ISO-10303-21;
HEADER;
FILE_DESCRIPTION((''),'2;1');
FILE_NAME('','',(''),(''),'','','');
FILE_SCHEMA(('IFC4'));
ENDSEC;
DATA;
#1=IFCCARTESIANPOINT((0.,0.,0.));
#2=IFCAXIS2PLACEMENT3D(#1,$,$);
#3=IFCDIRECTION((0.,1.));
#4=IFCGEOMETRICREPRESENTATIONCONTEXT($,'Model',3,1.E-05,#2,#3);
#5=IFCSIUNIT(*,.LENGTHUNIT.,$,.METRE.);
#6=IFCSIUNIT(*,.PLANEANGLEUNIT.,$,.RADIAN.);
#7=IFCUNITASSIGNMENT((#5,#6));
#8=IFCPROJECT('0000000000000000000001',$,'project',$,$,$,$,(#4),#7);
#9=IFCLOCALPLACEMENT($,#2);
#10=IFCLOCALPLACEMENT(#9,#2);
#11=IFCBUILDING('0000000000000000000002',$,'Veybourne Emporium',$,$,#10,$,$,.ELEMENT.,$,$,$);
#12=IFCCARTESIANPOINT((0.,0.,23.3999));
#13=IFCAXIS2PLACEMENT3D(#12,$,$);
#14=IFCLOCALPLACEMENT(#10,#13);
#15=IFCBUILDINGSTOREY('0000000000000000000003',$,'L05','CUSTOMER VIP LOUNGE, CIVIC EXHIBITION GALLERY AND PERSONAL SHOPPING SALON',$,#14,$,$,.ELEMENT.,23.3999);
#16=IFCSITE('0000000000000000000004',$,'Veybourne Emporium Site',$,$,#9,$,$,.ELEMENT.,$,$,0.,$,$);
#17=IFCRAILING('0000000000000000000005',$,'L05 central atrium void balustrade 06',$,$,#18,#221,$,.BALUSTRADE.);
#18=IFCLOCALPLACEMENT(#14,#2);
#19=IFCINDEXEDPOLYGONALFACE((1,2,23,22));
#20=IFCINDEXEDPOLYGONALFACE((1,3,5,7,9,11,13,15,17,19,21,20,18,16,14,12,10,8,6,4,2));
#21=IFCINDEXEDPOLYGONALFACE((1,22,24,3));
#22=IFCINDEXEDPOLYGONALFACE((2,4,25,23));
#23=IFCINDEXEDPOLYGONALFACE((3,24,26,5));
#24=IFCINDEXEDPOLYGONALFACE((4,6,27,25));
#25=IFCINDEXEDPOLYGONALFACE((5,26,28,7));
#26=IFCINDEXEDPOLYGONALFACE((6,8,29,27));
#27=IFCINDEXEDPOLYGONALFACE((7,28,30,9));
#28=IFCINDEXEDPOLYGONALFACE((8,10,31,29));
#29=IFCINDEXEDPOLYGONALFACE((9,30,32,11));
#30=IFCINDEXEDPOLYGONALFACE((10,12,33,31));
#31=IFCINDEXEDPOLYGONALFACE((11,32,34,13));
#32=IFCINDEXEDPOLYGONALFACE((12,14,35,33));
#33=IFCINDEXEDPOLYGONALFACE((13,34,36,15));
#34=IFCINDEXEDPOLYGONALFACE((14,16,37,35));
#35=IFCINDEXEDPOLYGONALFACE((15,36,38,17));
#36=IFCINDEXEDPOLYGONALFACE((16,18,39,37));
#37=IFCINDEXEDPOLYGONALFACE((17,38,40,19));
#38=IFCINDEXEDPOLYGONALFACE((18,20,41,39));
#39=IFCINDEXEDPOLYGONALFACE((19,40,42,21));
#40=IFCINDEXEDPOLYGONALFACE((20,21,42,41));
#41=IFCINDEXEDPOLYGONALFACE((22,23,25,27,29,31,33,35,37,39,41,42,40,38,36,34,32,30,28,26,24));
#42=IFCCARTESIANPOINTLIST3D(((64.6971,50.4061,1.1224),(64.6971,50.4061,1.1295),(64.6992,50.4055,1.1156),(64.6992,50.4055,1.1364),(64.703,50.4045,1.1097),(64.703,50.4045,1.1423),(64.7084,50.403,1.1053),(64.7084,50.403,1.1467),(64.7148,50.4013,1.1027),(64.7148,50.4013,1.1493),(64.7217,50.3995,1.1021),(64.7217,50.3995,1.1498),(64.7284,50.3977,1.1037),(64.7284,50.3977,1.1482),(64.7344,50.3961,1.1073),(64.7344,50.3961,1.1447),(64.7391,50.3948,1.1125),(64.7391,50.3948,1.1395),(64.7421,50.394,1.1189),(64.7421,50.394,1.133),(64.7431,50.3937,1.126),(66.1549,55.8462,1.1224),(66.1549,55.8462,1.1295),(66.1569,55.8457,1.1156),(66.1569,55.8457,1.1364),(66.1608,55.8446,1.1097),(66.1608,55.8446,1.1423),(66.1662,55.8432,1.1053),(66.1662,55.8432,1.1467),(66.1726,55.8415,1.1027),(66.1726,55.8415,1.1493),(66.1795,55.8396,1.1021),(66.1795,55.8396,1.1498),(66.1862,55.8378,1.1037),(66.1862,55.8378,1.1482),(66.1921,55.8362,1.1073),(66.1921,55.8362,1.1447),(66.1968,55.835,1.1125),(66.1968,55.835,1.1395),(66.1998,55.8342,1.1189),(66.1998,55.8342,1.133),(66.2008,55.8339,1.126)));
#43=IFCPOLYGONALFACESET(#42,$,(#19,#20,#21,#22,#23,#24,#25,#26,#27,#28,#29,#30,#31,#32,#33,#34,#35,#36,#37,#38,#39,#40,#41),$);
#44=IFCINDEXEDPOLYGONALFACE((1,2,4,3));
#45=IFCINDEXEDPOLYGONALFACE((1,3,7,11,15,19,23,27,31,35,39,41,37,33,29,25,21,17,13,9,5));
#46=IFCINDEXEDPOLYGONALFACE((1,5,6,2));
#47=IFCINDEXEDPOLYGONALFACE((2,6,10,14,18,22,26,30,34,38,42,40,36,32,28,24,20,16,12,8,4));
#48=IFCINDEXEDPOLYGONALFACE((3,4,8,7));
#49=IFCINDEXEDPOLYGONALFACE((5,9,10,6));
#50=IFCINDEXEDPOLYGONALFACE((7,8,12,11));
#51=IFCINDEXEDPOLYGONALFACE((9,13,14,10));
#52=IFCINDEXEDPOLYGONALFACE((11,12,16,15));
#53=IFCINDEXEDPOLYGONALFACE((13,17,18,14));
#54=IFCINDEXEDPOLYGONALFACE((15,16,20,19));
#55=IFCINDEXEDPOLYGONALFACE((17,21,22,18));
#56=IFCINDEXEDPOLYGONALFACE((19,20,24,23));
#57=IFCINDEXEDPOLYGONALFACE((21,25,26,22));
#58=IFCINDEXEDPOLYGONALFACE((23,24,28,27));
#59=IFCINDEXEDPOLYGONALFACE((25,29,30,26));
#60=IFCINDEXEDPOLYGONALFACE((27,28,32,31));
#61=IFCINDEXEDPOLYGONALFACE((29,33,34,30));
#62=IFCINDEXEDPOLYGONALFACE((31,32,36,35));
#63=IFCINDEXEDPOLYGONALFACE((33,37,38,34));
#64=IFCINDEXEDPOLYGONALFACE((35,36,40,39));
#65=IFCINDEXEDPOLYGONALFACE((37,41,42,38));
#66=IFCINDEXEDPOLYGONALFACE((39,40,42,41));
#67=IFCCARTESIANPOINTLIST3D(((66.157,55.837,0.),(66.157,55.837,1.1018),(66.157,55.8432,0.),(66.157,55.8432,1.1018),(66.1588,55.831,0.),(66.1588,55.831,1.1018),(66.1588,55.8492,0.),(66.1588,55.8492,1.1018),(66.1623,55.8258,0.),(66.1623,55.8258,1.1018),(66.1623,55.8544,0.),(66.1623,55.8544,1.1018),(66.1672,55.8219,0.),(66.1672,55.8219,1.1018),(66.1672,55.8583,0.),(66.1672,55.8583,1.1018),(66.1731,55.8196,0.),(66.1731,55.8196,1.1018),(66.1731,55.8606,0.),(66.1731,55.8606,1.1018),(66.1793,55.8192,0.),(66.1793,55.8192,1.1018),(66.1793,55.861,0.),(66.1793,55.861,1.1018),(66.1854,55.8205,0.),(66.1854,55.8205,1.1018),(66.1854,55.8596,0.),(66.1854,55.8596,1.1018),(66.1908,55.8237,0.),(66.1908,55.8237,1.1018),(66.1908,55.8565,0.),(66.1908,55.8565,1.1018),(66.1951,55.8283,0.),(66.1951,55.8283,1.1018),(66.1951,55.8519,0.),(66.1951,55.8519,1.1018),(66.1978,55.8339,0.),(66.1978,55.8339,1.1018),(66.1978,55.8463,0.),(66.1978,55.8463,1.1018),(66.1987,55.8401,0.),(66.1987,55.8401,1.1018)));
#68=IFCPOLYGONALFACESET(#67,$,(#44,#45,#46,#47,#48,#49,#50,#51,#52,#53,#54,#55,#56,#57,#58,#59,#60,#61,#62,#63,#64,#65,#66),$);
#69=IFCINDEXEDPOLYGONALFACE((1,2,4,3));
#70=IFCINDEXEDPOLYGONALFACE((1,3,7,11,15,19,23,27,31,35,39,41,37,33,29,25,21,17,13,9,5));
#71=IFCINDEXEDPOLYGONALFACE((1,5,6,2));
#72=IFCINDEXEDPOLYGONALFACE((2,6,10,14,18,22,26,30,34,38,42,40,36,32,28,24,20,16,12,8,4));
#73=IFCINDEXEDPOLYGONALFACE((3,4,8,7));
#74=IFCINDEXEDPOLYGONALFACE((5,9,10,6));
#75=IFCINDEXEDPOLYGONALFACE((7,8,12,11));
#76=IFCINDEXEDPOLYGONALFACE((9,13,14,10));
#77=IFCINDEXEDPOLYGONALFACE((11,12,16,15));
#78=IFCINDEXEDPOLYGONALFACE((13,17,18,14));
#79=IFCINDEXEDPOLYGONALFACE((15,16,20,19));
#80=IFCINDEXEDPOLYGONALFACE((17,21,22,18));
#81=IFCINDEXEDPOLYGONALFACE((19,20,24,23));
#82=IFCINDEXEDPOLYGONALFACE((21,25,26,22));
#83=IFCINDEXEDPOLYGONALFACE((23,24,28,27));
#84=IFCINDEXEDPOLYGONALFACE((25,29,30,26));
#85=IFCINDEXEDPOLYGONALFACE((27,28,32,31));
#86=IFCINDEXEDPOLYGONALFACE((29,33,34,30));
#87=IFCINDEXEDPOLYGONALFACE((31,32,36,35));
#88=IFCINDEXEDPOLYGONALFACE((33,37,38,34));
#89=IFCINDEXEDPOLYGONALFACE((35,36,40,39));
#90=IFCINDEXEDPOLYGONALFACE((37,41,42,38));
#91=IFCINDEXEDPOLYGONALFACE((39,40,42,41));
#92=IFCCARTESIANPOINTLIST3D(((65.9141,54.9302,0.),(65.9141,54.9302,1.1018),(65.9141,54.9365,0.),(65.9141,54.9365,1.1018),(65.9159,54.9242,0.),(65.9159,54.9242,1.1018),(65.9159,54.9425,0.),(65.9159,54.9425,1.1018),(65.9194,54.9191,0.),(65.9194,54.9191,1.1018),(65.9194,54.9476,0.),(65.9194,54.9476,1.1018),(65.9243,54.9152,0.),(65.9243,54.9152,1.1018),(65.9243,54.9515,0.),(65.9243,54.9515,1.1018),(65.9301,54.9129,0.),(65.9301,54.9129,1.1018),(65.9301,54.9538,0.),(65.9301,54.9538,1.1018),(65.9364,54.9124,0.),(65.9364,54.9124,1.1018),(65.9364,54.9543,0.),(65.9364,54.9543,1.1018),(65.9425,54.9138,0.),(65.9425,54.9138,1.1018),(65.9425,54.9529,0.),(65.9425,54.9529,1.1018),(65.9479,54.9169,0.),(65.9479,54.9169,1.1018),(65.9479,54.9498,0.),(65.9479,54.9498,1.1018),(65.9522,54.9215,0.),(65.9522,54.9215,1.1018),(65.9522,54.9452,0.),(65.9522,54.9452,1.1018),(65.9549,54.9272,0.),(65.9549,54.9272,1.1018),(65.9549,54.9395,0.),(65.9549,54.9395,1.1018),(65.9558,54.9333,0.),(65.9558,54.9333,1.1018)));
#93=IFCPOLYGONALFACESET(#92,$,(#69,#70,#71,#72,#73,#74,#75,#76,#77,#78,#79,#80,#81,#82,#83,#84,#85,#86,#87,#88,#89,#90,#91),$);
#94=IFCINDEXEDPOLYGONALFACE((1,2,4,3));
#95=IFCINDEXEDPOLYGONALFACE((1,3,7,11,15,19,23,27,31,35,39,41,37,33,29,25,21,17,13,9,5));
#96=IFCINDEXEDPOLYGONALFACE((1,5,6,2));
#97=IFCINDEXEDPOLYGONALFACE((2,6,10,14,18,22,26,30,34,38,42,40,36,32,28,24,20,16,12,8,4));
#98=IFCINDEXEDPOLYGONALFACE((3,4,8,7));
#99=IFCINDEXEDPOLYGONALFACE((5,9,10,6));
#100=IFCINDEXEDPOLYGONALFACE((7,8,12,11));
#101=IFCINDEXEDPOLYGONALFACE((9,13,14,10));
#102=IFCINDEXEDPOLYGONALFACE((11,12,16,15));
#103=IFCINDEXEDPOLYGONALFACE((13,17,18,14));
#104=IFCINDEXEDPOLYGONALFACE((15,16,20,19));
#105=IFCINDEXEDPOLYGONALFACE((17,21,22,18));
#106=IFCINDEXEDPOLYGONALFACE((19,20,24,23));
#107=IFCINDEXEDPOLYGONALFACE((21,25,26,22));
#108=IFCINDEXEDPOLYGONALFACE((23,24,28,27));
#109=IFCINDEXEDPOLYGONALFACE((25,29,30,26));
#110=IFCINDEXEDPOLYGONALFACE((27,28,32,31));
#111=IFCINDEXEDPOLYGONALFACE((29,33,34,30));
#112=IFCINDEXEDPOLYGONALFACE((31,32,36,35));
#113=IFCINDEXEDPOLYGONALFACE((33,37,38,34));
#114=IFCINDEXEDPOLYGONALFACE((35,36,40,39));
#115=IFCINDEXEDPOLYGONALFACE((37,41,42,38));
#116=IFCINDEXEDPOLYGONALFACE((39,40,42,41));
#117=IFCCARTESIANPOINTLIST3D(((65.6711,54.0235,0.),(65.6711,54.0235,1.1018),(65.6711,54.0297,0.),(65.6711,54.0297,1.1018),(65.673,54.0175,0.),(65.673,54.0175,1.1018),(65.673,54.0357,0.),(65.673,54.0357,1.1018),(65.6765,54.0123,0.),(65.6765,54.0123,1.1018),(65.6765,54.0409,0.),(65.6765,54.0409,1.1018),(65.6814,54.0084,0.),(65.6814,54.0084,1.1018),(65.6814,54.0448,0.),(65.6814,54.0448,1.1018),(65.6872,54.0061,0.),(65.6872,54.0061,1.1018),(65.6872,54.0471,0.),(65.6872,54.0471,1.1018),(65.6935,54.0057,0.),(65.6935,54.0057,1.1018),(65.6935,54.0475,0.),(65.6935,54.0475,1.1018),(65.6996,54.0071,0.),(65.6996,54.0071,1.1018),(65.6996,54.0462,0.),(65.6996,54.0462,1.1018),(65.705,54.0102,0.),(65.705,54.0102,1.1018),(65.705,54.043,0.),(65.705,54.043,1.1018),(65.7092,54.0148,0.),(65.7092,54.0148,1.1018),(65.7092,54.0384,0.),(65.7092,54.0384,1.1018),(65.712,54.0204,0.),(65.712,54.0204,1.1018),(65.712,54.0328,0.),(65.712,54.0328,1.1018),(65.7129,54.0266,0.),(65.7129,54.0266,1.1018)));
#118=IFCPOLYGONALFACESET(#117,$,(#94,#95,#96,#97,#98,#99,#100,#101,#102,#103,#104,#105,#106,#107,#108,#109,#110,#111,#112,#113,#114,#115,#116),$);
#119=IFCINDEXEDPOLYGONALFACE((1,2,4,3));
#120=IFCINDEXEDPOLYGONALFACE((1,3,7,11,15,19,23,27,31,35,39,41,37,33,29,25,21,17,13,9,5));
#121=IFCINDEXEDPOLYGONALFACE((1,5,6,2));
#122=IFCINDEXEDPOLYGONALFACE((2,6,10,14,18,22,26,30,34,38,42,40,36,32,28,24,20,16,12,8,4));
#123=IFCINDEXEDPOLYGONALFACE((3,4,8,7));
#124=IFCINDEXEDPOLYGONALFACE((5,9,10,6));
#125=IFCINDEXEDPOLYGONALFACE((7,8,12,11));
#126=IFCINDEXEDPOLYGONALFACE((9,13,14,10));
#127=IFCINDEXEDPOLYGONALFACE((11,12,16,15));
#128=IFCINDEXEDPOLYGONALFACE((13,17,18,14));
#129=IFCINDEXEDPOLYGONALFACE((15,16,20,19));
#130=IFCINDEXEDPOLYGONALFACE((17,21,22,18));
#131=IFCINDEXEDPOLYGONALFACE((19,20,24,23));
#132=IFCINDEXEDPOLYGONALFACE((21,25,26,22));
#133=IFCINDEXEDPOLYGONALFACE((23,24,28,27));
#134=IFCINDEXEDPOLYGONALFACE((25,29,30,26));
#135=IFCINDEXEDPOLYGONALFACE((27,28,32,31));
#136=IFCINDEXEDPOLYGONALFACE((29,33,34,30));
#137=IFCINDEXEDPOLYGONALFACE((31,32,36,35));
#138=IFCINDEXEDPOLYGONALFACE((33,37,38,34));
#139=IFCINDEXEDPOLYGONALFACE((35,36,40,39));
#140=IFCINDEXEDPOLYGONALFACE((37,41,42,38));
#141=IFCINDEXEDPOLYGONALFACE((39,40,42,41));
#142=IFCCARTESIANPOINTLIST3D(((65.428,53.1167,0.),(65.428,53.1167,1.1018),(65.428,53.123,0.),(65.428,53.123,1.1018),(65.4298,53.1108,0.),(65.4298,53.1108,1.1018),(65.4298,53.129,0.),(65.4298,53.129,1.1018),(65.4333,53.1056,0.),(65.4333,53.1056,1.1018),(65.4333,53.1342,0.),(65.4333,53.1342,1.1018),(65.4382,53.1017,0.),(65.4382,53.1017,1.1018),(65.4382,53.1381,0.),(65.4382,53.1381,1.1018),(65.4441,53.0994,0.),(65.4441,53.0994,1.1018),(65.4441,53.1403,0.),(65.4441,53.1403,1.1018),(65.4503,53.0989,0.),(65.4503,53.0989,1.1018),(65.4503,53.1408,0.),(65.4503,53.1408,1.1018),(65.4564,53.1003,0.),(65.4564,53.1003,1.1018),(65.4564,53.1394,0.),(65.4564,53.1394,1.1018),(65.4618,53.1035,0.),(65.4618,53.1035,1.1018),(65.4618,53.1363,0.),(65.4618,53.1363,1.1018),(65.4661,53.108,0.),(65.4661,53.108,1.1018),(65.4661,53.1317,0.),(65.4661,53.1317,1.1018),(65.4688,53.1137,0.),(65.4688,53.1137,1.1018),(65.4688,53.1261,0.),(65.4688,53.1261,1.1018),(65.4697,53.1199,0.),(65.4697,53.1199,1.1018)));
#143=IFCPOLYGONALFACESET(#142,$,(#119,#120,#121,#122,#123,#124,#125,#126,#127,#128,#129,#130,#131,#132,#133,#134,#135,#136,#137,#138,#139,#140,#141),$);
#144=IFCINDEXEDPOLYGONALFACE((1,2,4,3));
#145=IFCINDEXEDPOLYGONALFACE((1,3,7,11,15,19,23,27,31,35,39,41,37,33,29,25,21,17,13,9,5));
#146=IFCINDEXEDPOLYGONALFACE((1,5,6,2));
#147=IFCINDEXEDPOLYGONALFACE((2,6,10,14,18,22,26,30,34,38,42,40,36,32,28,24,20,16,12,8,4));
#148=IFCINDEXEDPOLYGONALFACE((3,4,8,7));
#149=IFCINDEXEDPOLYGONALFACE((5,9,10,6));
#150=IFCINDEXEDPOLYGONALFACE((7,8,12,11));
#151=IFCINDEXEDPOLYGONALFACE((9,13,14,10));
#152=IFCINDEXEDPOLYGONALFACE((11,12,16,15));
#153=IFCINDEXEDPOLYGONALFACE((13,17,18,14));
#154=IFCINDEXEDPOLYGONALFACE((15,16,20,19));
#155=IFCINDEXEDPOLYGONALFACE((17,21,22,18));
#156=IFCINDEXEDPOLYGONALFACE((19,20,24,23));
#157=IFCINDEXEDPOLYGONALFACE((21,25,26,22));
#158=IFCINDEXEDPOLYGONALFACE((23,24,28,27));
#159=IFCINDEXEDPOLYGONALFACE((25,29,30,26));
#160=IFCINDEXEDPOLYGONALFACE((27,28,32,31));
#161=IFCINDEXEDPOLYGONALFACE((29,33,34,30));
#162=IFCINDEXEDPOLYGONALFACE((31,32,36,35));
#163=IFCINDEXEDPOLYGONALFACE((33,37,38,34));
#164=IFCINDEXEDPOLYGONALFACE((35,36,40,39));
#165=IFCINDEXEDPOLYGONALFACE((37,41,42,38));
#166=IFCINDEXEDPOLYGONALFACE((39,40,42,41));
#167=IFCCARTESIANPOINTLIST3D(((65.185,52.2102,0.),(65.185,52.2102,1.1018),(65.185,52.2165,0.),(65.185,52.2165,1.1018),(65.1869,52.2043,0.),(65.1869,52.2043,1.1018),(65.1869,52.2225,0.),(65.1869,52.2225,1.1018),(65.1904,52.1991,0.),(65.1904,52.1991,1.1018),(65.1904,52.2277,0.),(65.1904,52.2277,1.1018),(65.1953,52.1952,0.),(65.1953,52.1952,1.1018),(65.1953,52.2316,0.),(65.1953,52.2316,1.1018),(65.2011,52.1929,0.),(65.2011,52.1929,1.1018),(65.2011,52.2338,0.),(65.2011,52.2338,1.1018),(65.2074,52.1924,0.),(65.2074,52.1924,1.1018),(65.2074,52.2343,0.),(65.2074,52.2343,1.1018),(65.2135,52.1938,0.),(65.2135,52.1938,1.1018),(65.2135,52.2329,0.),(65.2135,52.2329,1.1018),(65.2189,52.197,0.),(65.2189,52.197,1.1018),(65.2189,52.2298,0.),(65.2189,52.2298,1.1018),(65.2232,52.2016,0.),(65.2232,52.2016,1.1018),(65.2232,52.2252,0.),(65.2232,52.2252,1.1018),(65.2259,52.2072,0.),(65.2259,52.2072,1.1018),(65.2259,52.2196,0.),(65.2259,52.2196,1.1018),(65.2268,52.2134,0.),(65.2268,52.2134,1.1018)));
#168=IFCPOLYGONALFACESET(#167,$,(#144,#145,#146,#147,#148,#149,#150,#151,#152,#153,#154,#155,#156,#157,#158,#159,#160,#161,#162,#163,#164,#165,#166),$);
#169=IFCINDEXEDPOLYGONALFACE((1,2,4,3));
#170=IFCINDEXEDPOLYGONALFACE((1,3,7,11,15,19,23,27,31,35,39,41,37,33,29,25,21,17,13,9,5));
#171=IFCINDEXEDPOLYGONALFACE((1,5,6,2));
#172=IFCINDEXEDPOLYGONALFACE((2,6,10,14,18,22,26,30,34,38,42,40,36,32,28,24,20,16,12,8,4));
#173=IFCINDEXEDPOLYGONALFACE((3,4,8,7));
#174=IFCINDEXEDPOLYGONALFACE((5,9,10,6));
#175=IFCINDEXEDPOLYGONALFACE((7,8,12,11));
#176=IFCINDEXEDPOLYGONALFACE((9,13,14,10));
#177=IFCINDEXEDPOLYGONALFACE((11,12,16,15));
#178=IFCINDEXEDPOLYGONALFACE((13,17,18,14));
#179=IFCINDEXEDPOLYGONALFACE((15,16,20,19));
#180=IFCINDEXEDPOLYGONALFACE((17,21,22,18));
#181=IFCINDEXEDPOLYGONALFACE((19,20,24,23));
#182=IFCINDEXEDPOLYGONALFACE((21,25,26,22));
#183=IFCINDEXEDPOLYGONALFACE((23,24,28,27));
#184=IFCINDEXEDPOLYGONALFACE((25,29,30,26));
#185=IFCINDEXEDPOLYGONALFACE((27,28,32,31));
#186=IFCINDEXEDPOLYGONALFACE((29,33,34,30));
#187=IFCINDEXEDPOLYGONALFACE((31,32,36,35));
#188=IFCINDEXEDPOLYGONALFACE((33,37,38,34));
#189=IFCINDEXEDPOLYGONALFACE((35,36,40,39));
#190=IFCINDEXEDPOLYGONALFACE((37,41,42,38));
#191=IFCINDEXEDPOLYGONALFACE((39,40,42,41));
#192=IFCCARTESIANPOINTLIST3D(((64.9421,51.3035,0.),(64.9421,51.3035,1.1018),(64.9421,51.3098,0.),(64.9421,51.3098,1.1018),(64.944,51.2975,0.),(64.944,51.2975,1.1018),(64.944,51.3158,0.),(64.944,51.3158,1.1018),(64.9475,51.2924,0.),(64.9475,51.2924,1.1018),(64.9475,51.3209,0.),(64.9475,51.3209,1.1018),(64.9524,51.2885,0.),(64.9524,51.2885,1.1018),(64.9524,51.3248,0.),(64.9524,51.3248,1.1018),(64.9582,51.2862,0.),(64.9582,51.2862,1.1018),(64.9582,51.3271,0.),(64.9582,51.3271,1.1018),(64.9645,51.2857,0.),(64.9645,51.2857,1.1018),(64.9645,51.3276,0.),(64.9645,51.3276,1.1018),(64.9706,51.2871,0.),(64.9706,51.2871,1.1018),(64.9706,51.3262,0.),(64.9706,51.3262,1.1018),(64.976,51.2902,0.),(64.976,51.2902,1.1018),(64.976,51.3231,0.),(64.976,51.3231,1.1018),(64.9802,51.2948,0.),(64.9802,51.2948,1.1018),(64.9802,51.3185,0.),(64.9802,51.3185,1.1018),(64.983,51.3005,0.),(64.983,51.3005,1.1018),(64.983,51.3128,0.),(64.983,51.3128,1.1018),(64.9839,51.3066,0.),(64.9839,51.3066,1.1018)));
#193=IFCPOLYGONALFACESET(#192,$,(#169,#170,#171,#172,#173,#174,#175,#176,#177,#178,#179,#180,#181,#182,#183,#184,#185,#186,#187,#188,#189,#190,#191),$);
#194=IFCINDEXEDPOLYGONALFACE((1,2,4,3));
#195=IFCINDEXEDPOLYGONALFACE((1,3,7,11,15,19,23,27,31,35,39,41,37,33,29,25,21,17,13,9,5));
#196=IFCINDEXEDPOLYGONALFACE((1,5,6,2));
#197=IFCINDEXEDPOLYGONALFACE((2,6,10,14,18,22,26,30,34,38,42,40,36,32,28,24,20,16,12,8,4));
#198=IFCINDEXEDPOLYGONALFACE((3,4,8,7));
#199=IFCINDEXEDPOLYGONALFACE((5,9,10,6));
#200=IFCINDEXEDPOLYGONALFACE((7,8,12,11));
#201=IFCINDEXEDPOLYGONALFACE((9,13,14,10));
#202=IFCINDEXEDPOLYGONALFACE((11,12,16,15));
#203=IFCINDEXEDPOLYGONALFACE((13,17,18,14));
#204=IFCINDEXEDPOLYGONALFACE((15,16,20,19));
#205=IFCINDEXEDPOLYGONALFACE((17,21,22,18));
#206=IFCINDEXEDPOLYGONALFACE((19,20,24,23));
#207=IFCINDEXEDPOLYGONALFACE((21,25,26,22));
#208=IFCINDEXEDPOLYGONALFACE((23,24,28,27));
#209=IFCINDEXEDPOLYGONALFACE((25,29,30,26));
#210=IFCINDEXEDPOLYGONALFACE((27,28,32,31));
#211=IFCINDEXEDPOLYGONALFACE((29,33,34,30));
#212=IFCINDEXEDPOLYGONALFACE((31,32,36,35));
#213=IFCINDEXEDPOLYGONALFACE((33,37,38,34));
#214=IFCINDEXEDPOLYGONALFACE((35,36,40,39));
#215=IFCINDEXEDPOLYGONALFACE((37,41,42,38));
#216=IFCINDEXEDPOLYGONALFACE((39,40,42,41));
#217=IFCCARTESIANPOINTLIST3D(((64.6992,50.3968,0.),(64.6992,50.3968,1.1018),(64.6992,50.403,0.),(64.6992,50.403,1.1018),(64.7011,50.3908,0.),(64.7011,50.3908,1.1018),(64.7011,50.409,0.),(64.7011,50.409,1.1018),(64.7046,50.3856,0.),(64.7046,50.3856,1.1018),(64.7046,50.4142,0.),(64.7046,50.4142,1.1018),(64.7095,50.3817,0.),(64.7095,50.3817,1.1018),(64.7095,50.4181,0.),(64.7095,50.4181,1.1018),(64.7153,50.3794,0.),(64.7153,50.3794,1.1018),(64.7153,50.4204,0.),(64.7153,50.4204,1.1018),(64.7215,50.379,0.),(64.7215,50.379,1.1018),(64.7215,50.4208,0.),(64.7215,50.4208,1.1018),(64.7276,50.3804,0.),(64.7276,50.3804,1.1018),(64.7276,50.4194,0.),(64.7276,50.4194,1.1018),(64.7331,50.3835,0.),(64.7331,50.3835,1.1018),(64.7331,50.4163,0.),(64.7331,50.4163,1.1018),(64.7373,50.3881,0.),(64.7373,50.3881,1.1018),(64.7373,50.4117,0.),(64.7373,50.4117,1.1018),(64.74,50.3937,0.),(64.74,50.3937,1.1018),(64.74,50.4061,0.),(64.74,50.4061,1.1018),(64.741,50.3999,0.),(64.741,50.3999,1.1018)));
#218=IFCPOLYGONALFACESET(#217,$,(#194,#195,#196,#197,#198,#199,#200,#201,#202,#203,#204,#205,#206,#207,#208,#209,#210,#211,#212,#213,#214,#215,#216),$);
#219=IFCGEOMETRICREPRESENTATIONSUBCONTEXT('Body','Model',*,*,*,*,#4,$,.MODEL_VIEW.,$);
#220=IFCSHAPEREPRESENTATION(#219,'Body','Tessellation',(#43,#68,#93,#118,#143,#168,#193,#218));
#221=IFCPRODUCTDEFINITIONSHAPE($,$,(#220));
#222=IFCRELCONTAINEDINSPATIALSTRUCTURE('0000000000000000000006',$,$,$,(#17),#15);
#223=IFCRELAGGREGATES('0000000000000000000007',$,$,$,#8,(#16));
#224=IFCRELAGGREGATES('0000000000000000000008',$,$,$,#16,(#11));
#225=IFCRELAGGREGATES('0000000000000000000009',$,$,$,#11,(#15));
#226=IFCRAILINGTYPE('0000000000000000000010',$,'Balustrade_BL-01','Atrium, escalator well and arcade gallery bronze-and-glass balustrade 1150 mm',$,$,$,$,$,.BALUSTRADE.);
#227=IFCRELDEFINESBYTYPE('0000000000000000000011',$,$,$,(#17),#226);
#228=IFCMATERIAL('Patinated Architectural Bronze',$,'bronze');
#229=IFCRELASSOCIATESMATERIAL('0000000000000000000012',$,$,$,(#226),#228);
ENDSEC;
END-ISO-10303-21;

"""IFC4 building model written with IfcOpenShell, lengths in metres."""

from ifc_helpers import new_model, si_unit, direction, frame, origin, origin_2d, place, context, subcontext, project, spatial, circle, extrude, material, type_object, element, save


model = new_model("IFC4")

# Units and contexts
model_context = context("Model", 3, precision=1e-05, world=origin(), true_north=direction((0.0, 1.0)))
body_context = subcontext(model_context, "Body", "Model", "MODEL_VIEW")
ifc_project = project(units=[si_unit("LENGTHUNIT", "METRE"), si_unit("PLANEANGLEUNIT", "RADIAN")], contexts=[model_context])

# Site, building, storey
site_placement = place(None, origin())
site = spatial("IfcSite", under=ifc_project, at=site_placement, Name="Veybourne Emporium Site", CompositionType="ELEMENT", RefElevation=0.0)
building_placement = place(site_placement, origin())
building = spatial("IfcBuilding", under=site, at=building_placement, Name="Veybourne Emporium", CompositionType="ELEMENT")
storey_placement = place(building_placement, frame((0.0, 0.0, 23.3999)))
storey = spatial("IfcBuildingStorey", under=building, at=storey_placement, Name="L05", Description="CUSTOMER VIP LOUNGE, CIVIC EXHIBITION GALLERY AND PERSONAL SHOPPING SALON", CompositionType="ELEMENT", Elevation=23.3999)

# Shared definitions
ifc_material_1 = material(Name="Patinated Architectural Bronze", Category="bronze")

# Railing
railing_type = type_object("IfcRailingType", Name="Balustrade_BL-01", Description="Atrium, escalator well and arcade gallery bronze-and-glass balustrade 1150 mm", PredefinedType="BALUSTRADE", material=ifc_material_1)
railing_placement = place(storey_placement, frame((66.1777, 55.8401, 0.0)))
element("IfcRailing", 1, at=railing_placement, inside=storey, type_object=railing_type, Name="L05 central atrium void balustrade 06", PredefinedType="BALUSTRADE", context=body_context, shape_type="SweptSolid", body=[
    extrude(circle(Radius=0.0239, at=origin_2d()), frame((0.0, 0.0, 1.126), z_axis=(-0.258831, -0.965923, 0.0), x_axis=(0.965923, -0.258831, 0.0)), (0.0, 0.0, 1.0), 5.6321),
    extrude(circle(Radius=0.021, at=origin_2d()), origin(), (0.0, 0.0, 1.0), 1.1018),
    extrude(circle(Radius=0.021, at=origin_2d()), frame((-0.2429, -0.9067, 0.0)), (0.0, 0.0, 1.0), 1.1018),
    extrude(circle(Radius=0.021, at=origin_2d()), frame((-0.4858, -1.8135, 0.0)), (0.0, 0.0, 1.0), 1.1018),
    extrude(circle(Radius=0.021, at=origin_2d()), frame((-0.729, -2.7202, 0.0)), (0.0, 0.0, 1.0), 1.1018),
    extrude(circle(Radius=0.021, at=origin_2d()), frame((-0.9719, -3.6267, 0.0)), (0.0, 0.0, 1.0), 1.1018),
    extrude(circle(Radius=0.021, at=origin_2d()), frame((-1.2148, -4.5334, 0.0)), (0.0, 0.0, 1.0), 1.1018),
    extrude(circle(Radius=0.021, at=origin_2d()), frame((-1.4578, -5.4402, 0.0)), (0.0, 0.0, 1.0), 1.1018),
])

save(model, "model.ifc")
